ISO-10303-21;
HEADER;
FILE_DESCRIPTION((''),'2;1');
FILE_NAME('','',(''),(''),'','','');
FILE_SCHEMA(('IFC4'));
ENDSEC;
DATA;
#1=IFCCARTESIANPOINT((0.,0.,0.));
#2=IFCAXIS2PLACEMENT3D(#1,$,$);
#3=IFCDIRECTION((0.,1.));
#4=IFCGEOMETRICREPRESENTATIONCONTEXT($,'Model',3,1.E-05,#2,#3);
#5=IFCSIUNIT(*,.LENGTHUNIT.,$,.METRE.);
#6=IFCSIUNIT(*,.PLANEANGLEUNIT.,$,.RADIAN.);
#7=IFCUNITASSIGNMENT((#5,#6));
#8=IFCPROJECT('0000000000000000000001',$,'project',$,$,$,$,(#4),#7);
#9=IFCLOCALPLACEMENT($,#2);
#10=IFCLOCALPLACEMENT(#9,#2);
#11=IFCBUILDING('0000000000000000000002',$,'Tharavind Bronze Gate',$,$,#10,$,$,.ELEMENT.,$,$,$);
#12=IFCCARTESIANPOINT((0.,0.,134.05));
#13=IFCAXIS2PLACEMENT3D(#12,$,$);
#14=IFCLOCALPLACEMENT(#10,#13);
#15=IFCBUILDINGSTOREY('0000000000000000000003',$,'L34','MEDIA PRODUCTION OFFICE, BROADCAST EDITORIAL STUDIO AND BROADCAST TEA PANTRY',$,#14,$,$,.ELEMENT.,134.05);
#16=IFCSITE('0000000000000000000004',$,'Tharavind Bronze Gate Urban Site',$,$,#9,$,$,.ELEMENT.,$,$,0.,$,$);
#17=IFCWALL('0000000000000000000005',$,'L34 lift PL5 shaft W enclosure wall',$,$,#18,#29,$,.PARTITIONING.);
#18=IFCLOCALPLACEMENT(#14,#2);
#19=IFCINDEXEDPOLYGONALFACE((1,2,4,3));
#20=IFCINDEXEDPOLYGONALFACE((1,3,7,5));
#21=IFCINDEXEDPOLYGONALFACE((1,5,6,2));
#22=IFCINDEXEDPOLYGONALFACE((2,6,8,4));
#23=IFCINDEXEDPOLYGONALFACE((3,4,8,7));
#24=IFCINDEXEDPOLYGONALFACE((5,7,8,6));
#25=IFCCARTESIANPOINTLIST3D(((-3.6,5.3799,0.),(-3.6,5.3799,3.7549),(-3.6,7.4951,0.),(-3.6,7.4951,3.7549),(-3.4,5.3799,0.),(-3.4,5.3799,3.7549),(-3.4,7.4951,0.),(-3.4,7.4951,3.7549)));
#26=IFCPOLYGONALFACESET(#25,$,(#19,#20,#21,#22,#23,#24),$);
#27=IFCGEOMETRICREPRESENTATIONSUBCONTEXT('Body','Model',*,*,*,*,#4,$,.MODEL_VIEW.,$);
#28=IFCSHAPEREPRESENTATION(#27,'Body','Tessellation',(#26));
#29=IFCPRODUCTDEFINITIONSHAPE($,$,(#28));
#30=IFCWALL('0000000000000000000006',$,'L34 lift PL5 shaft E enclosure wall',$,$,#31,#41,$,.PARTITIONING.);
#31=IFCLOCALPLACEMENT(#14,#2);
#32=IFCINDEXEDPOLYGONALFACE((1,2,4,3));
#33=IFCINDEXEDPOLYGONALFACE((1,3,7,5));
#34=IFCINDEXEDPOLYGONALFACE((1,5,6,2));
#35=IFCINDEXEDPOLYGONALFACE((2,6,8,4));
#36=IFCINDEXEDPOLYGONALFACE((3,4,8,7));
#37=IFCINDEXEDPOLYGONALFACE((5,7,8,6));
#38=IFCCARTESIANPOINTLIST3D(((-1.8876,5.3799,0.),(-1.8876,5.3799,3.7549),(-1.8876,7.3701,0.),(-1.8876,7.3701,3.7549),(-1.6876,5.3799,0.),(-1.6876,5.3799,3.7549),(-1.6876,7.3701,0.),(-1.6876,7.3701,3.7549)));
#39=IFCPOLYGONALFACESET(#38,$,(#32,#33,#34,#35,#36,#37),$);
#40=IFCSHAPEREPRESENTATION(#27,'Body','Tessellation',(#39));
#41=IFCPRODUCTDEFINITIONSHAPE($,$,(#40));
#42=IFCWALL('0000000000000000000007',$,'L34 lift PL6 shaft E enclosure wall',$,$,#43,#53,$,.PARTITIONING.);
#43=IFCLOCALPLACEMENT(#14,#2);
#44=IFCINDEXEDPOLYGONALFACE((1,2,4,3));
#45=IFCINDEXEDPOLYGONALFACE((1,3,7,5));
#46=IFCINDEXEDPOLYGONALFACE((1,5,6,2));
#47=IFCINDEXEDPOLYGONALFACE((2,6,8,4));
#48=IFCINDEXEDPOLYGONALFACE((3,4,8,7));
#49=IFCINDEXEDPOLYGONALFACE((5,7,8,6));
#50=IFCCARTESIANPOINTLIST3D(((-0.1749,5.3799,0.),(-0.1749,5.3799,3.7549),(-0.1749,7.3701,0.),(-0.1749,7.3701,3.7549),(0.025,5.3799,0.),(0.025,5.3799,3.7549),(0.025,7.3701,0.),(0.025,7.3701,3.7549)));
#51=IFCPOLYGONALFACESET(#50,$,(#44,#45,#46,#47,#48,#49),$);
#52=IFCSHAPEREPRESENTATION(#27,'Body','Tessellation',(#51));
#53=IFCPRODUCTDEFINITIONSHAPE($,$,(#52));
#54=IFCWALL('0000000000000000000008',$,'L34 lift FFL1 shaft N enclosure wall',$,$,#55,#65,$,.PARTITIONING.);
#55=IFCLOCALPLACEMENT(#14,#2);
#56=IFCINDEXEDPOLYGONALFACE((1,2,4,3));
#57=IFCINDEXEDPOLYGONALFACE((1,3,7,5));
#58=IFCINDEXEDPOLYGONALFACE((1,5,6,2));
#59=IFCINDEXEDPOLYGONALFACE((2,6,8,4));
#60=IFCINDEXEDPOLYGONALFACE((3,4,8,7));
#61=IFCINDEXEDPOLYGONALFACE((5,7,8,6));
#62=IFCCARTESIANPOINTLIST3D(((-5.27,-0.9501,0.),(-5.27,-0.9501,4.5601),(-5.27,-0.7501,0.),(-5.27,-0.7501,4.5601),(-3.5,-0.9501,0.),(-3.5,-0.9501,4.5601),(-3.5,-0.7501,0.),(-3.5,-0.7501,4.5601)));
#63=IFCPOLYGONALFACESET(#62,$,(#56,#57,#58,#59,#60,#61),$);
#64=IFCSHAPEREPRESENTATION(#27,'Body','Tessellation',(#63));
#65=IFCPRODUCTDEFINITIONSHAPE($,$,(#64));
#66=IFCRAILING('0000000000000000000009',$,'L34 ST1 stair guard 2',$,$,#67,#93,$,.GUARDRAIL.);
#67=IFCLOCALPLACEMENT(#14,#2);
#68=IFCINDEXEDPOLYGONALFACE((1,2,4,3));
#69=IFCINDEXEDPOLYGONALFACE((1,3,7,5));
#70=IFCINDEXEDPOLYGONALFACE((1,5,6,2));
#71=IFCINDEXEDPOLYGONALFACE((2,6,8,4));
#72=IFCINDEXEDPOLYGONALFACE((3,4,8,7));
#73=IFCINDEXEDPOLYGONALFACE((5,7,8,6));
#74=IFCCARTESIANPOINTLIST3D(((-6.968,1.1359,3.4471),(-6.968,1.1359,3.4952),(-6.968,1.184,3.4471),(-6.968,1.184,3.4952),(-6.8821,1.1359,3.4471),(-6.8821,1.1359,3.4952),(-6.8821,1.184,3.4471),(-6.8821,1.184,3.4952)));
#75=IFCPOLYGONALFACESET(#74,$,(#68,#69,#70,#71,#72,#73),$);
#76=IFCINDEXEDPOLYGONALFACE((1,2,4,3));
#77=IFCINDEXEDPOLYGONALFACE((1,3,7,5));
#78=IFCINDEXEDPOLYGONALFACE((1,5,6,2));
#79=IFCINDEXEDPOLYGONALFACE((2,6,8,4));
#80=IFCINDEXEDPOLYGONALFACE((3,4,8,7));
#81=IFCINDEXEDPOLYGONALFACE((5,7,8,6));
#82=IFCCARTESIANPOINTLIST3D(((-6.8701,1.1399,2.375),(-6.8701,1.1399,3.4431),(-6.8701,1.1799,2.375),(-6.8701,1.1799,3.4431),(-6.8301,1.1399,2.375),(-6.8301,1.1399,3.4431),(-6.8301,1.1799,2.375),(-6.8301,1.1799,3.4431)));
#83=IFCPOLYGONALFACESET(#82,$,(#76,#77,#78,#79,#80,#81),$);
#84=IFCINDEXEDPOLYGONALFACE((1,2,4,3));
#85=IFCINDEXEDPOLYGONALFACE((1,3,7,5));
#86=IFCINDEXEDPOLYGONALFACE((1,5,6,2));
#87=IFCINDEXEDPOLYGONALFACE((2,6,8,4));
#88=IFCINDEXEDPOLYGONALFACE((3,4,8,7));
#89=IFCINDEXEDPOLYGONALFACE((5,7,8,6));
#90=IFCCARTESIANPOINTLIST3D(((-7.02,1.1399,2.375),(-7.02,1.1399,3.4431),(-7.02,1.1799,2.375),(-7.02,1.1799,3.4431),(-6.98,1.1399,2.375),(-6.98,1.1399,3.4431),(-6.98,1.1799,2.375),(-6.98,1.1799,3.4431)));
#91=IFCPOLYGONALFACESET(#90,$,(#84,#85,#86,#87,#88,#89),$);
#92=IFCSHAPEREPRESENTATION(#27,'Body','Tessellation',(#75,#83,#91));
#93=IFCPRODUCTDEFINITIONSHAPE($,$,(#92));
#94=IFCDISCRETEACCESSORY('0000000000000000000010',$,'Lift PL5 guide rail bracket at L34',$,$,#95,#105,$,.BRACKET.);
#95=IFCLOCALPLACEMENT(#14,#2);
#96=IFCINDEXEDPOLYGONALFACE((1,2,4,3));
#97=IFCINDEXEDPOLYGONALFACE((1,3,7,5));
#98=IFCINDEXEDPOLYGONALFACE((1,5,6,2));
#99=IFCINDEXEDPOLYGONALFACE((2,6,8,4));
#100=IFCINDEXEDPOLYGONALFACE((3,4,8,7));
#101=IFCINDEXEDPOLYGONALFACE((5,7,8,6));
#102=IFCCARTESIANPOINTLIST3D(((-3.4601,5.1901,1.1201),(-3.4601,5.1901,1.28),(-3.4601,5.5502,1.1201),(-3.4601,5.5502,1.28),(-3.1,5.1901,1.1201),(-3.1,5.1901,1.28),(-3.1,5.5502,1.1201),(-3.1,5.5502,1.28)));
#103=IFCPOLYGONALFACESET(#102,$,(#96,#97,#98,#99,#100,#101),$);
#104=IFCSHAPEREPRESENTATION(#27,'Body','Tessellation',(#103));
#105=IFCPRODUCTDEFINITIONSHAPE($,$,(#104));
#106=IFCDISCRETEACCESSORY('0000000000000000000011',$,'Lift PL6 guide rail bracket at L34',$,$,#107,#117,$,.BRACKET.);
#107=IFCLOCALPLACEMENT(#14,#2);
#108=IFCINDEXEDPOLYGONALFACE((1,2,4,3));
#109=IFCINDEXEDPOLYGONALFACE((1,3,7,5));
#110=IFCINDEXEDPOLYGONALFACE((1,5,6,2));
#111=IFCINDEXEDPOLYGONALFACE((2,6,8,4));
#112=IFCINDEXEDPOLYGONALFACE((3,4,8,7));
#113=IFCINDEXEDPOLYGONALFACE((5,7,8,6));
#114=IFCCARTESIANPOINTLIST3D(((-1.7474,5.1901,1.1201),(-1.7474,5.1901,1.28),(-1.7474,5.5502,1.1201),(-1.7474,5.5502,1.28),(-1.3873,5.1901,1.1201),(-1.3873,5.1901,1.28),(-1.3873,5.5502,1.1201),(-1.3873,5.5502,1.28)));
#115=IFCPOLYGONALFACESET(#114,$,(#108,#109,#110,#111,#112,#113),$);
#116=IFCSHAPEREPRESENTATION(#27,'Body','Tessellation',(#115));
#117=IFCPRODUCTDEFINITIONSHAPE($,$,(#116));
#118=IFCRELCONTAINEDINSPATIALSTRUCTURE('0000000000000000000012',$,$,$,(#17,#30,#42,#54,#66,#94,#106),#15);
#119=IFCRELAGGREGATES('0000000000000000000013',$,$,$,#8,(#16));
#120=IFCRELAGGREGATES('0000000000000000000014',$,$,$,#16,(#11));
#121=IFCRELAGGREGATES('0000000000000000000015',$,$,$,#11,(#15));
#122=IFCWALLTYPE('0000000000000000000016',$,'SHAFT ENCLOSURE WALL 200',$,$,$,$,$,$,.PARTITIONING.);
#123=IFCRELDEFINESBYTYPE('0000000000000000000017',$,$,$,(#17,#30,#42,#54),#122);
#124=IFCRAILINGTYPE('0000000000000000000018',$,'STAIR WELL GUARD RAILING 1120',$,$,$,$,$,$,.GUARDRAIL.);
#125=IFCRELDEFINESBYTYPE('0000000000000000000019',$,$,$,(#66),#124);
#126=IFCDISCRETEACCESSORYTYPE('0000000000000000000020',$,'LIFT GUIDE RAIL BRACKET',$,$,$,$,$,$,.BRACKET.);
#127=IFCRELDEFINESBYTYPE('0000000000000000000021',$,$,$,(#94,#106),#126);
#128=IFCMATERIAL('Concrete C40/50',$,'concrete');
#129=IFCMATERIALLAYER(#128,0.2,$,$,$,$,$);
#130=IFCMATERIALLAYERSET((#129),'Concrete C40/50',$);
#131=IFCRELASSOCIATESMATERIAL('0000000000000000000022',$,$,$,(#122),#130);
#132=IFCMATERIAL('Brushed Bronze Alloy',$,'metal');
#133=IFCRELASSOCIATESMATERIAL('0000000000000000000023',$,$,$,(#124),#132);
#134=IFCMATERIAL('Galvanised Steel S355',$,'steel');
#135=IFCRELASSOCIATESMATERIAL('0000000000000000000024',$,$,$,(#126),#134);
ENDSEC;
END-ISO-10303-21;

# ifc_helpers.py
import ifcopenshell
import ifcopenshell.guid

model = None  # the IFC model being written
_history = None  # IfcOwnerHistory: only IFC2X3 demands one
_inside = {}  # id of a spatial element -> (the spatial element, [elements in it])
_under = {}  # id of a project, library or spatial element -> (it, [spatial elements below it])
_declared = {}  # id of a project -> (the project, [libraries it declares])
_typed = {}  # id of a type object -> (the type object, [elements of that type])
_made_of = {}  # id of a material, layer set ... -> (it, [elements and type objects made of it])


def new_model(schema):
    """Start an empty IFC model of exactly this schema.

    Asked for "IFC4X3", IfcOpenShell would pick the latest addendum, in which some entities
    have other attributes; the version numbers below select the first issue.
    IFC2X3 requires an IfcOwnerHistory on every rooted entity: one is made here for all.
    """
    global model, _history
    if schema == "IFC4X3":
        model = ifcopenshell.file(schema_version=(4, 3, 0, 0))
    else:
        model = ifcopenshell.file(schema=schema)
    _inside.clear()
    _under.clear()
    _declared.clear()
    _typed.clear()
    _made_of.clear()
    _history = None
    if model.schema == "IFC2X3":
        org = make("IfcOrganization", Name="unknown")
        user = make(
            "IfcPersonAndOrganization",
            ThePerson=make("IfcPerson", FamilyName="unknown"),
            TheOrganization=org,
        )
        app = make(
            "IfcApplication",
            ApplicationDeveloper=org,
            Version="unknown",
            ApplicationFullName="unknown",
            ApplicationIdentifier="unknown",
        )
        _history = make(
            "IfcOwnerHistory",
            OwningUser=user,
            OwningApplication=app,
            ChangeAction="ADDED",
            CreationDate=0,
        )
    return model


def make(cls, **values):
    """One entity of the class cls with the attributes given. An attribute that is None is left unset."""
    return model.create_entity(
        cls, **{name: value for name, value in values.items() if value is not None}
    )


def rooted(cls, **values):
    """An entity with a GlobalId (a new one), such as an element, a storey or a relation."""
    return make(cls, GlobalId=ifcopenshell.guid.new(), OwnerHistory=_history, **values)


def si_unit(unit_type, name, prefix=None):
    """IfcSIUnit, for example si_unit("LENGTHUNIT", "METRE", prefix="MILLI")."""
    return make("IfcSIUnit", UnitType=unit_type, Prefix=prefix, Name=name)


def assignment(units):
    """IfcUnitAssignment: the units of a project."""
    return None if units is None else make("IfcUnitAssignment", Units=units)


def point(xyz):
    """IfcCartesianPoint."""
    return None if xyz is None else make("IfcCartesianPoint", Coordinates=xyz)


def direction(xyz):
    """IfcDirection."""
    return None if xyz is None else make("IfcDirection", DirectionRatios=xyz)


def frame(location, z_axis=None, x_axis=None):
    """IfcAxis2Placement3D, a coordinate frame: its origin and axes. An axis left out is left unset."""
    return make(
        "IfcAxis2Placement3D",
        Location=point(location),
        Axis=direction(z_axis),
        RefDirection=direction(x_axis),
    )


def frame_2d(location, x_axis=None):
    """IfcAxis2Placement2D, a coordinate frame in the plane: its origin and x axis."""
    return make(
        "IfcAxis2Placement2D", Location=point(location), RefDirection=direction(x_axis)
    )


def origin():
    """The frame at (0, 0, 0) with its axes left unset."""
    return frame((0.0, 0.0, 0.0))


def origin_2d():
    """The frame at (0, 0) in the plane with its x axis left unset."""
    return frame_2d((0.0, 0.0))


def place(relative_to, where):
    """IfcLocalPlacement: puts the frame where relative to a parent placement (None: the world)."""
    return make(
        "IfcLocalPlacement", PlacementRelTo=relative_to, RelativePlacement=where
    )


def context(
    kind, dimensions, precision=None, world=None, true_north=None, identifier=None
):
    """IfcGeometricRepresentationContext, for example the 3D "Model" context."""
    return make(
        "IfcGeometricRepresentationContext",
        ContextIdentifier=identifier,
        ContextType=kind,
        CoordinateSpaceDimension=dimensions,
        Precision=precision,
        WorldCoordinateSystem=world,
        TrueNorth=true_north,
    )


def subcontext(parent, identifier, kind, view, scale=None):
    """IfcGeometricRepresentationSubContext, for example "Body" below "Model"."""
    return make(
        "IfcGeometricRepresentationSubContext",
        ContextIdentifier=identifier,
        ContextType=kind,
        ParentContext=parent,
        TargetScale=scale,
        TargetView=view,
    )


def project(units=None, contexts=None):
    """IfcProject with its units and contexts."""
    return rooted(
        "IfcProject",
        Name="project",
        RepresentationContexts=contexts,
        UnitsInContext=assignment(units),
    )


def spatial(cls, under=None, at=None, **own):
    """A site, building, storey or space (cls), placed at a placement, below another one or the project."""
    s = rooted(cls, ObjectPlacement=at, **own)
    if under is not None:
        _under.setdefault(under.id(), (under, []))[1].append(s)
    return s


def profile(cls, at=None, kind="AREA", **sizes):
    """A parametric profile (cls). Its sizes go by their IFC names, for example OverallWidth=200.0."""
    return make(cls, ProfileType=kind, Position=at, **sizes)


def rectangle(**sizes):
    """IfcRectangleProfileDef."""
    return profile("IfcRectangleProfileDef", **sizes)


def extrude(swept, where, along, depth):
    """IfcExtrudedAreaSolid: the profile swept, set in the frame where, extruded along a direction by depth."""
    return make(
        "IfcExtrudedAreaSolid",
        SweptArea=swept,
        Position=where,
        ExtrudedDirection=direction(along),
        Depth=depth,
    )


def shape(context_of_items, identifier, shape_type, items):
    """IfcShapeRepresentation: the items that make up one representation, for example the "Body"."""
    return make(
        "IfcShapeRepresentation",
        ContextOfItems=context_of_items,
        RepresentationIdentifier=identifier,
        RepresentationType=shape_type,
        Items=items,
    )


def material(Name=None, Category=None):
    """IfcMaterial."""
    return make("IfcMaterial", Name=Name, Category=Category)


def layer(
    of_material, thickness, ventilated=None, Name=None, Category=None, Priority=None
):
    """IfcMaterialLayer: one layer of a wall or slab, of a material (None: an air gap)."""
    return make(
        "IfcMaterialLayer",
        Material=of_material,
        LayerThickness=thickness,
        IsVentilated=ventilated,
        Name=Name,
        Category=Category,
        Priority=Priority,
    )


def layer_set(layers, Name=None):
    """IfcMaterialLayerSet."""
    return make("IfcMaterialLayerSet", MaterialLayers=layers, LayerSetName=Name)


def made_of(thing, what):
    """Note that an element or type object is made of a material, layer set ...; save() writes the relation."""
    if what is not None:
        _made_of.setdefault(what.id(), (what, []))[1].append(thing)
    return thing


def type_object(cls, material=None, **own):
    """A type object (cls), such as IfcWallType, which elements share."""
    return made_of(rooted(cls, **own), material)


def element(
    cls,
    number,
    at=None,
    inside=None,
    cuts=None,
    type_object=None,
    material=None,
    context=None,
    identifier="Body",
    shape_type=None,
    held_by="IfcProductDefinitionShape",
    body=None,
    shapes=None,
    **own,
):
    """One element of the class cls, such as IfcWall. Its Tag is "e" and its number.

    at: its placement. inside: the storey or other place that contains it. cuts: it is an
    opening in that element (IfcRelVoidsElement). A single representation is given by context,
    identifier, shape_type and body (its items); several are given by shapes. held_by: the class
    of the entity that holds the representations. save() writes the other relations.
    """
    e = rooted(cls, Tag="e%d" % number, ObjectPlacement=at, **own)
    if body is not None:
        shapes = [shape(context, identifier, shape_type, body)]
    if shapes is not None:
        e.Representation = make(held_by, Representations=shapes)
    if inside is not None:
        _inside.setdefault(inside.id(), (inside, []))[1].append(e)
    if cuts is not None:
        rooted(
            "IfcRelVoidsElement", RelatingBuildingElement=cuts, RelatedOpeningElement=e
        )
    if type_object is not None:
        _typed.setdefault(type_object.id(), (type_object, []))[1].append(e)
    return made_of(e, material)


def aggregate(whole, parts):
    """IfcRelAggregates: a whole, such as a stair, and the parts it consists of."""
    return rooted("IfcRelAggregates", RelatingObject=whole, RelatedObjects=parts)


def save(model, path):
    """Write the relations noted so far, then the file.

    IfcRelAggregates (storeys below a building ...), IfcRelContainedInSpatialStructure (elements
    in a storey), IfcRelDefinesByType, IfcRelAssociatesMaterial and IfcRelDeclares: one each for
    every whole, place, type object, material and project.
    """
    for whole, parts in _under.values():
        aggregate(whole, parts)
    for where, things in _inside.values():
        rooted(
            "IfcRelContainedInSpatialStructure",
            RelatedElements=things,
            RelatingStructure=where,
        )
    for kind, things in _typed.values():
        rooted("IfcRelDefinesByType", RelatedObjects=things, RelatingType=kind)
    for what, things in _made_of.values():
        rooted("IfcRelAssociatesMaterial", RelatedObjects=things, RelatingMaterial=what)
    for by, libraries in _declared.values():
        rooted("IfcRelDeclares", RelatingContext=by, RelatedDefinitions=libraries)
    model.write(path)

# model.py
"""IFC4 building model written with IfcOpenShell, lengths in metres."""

from ifc_helpers import new_model, si_unit, direction, frame, frame_2d, origin, origin_2d, place, context, subcontext, project, spatial, rectangle, extrude, material, layer, layer_set, type_object, element, save


model = new_model("IFC4")

# Units and contexts
model_context = context("Model", 3, precision=1e-05, world=origin(), true_north=direction((0.0, 1.0)))
body_context = subcontext(model_context, "Body", "Model", "MODEL_VIEW")
ifc_project = project(units=[si_unit("LENGTHUNIT", "METRE"), si_unit("PLANEANGLEUNIT", "RADIAN")], contexts=[model_context])

# Site, building, storey
site_placement = place(None, origin())
site = spatial("IfcSite", under=ifc_project, at=site_placement, Name="Tharavind Bronze Gate Urban Site", CompositionType="ELEMENT", RefElevation=0.0)
building_placement = place(site_placement, origin())
building = spatial("IfcBuilding", under=site, at=building_placement, Name="Tharavind Bronze Gate", CompositionType="ELEMENT")
storey_placement = place(building_placement, frame((0.0, 0.0, 134.05)))
storey = spatial("IfcBuildingStorey", under=building, at=storey_placement, Name="L34", Description="MEDIA PRODUCTION OFFICE, BROADCAST EDITORIAL STUDIO AND BROADCAST TEA PANTRY", CompositionType="ELEMENT", Elevation=134.05)

# Shared definitions
ifc_material_1 = material(Name="Concrete C40/50", Category="concrete")

# Walls
ifc_layer_1 = layer(ifc_material_1, 0.2)
ifc_layer_set_1 = layer_set([ifc_layer_1], Name="Concrete C40/50")
wall_type_1 = type_object("IfcWallType", Name="SHAFT ENCLOSURE WALL 200", PredefinedType="PARTITIONING", material=ifc_layer_set_1)
wall_1_placement = place(storey_placement, frame((-3.5, 5.3799, 0.0), z_axis=(0.0, 0.0, 1.0), x_axis=(0.0, 1.0, 0.0)))
element("IfcWall", 1, at=wall_1_placement, inside=storey, type_object=wall_type_1, Name="L34 lift PL5 shaft W enclosure wall", PredefinedType="PARTITIONING", context=body_context, shape_type="SweptSolid", body=[
    extrude(rectangle(XDim=2.1152, YDim=0.2, at=frame_2d((1.0576, 0.0))), origin(), (0.0, 0.0, 1.0), 3.7549),
])
for number, where, z_axis, x_axis, name in (
    (2, (-1.7876, 5.3799, 0.0), (0.0, 0.0, 1.0), (0.0, 1.0, 0.0), "L34 lift PL5 shaft E enclosure wall"),
    (3, (-0.075, 5.3799, 0.0), (0.0, 0.0, 1.0), (0.0, 1.0, 0.0), "L34 lift PL6 shaft E enclosure wall"),
):
    element("IfcWall", number, at=place(storey_placement, frame(where, z_axis=z_axis, x_axis=x_axis)), inside=storey, type_object=wall_type_1, Name=name, PredefinedType="PARTITIONING", context=body_context, shape_type="SweptSolid", body=[
        extrude(rectangle(XDim=1.9902, YDim=0.2, at=frame_2d((0.9951, 0.0))), origin(), (0.0, 0.0, 1.0), 3.7549),
    ])
wall_2_placement = place(storey_placement, frame((-5.27, -0.8501, 0.0), z_axis=(0.0, 0.0, 1.0), x_axis=(1.0, 0.0, 0.0)))
element("IfcWall", 4, at=wall_2_placement, inside=storey, type_object=wall_type_1, Name="L34 lift FFL1 shaft N enclosure wall", PredefinedType="PARTITIONING", context=body_context, shape_type="SweptSolid", body=[
    extrude(rectangle(XDim=1.77, YDim=0.2, at=frame_2d((0.885, 0.0))), origin(), (0.0, 0.0, 1.0), 4.5601),
])

# Railing
ifc_material_2 = material(Name="Brushed Bronze Alloy", Category="metal")
railing_type = type_object("IfcRailingType", Name="STAIR WELL GUARD RAILING 1120", PredefinedType="GUARDRAIL", material=ifc_material_2)
railing_placement = place(storey_placement, frame((-6.8501, 1.1599, 2.375)))
element("IfcRailing", 5, at=railing_placement, inside=storey, type_object=railing_type, Name="L34 ST1 stair guard 2", PredefinedType="GUARDRAIL", context=body_context, shape_type="SweptSolid", body=[
    extrude(rectangle(XDim=0.0481, YDim=0.0481, at=origin_2d()), frame((-0.032, 0.0, 1.0962), z_axis=(-1.0, 0.0, 0.0), x_axis=(0.0, -1.0, 0.0)), (0.0, 0.0, 1.0), 0.0859),
    extrude(rectangle(XDim=0.04, YDim=0.04, at=origin_2d()), origin(), (0.0, 0.0, 1.0), 1.0681),
    extrude(rectangle(XDim=0.04, YDim=0.04, at=origin_2d()), frame((-0.1499, 0.0, 0.0)), (0.0, 0.0, 1.0), 1.0681),
])

# Discrete accessories
ifc_material_3 = material(Name="Galvanised Steel S355", Category="steel")
discrete_accessory_type = type_object("IfcDiscreteAccessoryType", Name="LIFT GUIDE RAIL BRACKET", PredefinedType="BRACKET", material=ifc_material_3)
for number, where, z_axis, x_axis, name in (
    (6, (-3.28, 5.3701, 1.1201), (0.0, 0.0, 1.0), (1.0, 0.0, 0.0), "Lift PL5 guide rail bracket at L34"),
    (7, (-1.5674, 5.3701, 1.1201), (0.0, 0.0, 1.0), (1.0, 0.0, 0.0), "Lift PL6 guide rail bracket at L34"),
):
    element("IfcDiscreteAccessory", number, at=place(storey_placement, frame(where, z_axis=z_axis, x_axis=x_axis)), inside=storey, type_object=discrete_accessory_type, Name=name, PredefinedType="BRACKET", context=body_context, shape_type="SweptSolid", body=[
        extrude(rectangle(XDim=0.3601, YDim=0.3601, at=origin_2d()), origin(), (0.0, 0.0, 1.0), 0.1599),
    ])

save(model, "model.ifc")
